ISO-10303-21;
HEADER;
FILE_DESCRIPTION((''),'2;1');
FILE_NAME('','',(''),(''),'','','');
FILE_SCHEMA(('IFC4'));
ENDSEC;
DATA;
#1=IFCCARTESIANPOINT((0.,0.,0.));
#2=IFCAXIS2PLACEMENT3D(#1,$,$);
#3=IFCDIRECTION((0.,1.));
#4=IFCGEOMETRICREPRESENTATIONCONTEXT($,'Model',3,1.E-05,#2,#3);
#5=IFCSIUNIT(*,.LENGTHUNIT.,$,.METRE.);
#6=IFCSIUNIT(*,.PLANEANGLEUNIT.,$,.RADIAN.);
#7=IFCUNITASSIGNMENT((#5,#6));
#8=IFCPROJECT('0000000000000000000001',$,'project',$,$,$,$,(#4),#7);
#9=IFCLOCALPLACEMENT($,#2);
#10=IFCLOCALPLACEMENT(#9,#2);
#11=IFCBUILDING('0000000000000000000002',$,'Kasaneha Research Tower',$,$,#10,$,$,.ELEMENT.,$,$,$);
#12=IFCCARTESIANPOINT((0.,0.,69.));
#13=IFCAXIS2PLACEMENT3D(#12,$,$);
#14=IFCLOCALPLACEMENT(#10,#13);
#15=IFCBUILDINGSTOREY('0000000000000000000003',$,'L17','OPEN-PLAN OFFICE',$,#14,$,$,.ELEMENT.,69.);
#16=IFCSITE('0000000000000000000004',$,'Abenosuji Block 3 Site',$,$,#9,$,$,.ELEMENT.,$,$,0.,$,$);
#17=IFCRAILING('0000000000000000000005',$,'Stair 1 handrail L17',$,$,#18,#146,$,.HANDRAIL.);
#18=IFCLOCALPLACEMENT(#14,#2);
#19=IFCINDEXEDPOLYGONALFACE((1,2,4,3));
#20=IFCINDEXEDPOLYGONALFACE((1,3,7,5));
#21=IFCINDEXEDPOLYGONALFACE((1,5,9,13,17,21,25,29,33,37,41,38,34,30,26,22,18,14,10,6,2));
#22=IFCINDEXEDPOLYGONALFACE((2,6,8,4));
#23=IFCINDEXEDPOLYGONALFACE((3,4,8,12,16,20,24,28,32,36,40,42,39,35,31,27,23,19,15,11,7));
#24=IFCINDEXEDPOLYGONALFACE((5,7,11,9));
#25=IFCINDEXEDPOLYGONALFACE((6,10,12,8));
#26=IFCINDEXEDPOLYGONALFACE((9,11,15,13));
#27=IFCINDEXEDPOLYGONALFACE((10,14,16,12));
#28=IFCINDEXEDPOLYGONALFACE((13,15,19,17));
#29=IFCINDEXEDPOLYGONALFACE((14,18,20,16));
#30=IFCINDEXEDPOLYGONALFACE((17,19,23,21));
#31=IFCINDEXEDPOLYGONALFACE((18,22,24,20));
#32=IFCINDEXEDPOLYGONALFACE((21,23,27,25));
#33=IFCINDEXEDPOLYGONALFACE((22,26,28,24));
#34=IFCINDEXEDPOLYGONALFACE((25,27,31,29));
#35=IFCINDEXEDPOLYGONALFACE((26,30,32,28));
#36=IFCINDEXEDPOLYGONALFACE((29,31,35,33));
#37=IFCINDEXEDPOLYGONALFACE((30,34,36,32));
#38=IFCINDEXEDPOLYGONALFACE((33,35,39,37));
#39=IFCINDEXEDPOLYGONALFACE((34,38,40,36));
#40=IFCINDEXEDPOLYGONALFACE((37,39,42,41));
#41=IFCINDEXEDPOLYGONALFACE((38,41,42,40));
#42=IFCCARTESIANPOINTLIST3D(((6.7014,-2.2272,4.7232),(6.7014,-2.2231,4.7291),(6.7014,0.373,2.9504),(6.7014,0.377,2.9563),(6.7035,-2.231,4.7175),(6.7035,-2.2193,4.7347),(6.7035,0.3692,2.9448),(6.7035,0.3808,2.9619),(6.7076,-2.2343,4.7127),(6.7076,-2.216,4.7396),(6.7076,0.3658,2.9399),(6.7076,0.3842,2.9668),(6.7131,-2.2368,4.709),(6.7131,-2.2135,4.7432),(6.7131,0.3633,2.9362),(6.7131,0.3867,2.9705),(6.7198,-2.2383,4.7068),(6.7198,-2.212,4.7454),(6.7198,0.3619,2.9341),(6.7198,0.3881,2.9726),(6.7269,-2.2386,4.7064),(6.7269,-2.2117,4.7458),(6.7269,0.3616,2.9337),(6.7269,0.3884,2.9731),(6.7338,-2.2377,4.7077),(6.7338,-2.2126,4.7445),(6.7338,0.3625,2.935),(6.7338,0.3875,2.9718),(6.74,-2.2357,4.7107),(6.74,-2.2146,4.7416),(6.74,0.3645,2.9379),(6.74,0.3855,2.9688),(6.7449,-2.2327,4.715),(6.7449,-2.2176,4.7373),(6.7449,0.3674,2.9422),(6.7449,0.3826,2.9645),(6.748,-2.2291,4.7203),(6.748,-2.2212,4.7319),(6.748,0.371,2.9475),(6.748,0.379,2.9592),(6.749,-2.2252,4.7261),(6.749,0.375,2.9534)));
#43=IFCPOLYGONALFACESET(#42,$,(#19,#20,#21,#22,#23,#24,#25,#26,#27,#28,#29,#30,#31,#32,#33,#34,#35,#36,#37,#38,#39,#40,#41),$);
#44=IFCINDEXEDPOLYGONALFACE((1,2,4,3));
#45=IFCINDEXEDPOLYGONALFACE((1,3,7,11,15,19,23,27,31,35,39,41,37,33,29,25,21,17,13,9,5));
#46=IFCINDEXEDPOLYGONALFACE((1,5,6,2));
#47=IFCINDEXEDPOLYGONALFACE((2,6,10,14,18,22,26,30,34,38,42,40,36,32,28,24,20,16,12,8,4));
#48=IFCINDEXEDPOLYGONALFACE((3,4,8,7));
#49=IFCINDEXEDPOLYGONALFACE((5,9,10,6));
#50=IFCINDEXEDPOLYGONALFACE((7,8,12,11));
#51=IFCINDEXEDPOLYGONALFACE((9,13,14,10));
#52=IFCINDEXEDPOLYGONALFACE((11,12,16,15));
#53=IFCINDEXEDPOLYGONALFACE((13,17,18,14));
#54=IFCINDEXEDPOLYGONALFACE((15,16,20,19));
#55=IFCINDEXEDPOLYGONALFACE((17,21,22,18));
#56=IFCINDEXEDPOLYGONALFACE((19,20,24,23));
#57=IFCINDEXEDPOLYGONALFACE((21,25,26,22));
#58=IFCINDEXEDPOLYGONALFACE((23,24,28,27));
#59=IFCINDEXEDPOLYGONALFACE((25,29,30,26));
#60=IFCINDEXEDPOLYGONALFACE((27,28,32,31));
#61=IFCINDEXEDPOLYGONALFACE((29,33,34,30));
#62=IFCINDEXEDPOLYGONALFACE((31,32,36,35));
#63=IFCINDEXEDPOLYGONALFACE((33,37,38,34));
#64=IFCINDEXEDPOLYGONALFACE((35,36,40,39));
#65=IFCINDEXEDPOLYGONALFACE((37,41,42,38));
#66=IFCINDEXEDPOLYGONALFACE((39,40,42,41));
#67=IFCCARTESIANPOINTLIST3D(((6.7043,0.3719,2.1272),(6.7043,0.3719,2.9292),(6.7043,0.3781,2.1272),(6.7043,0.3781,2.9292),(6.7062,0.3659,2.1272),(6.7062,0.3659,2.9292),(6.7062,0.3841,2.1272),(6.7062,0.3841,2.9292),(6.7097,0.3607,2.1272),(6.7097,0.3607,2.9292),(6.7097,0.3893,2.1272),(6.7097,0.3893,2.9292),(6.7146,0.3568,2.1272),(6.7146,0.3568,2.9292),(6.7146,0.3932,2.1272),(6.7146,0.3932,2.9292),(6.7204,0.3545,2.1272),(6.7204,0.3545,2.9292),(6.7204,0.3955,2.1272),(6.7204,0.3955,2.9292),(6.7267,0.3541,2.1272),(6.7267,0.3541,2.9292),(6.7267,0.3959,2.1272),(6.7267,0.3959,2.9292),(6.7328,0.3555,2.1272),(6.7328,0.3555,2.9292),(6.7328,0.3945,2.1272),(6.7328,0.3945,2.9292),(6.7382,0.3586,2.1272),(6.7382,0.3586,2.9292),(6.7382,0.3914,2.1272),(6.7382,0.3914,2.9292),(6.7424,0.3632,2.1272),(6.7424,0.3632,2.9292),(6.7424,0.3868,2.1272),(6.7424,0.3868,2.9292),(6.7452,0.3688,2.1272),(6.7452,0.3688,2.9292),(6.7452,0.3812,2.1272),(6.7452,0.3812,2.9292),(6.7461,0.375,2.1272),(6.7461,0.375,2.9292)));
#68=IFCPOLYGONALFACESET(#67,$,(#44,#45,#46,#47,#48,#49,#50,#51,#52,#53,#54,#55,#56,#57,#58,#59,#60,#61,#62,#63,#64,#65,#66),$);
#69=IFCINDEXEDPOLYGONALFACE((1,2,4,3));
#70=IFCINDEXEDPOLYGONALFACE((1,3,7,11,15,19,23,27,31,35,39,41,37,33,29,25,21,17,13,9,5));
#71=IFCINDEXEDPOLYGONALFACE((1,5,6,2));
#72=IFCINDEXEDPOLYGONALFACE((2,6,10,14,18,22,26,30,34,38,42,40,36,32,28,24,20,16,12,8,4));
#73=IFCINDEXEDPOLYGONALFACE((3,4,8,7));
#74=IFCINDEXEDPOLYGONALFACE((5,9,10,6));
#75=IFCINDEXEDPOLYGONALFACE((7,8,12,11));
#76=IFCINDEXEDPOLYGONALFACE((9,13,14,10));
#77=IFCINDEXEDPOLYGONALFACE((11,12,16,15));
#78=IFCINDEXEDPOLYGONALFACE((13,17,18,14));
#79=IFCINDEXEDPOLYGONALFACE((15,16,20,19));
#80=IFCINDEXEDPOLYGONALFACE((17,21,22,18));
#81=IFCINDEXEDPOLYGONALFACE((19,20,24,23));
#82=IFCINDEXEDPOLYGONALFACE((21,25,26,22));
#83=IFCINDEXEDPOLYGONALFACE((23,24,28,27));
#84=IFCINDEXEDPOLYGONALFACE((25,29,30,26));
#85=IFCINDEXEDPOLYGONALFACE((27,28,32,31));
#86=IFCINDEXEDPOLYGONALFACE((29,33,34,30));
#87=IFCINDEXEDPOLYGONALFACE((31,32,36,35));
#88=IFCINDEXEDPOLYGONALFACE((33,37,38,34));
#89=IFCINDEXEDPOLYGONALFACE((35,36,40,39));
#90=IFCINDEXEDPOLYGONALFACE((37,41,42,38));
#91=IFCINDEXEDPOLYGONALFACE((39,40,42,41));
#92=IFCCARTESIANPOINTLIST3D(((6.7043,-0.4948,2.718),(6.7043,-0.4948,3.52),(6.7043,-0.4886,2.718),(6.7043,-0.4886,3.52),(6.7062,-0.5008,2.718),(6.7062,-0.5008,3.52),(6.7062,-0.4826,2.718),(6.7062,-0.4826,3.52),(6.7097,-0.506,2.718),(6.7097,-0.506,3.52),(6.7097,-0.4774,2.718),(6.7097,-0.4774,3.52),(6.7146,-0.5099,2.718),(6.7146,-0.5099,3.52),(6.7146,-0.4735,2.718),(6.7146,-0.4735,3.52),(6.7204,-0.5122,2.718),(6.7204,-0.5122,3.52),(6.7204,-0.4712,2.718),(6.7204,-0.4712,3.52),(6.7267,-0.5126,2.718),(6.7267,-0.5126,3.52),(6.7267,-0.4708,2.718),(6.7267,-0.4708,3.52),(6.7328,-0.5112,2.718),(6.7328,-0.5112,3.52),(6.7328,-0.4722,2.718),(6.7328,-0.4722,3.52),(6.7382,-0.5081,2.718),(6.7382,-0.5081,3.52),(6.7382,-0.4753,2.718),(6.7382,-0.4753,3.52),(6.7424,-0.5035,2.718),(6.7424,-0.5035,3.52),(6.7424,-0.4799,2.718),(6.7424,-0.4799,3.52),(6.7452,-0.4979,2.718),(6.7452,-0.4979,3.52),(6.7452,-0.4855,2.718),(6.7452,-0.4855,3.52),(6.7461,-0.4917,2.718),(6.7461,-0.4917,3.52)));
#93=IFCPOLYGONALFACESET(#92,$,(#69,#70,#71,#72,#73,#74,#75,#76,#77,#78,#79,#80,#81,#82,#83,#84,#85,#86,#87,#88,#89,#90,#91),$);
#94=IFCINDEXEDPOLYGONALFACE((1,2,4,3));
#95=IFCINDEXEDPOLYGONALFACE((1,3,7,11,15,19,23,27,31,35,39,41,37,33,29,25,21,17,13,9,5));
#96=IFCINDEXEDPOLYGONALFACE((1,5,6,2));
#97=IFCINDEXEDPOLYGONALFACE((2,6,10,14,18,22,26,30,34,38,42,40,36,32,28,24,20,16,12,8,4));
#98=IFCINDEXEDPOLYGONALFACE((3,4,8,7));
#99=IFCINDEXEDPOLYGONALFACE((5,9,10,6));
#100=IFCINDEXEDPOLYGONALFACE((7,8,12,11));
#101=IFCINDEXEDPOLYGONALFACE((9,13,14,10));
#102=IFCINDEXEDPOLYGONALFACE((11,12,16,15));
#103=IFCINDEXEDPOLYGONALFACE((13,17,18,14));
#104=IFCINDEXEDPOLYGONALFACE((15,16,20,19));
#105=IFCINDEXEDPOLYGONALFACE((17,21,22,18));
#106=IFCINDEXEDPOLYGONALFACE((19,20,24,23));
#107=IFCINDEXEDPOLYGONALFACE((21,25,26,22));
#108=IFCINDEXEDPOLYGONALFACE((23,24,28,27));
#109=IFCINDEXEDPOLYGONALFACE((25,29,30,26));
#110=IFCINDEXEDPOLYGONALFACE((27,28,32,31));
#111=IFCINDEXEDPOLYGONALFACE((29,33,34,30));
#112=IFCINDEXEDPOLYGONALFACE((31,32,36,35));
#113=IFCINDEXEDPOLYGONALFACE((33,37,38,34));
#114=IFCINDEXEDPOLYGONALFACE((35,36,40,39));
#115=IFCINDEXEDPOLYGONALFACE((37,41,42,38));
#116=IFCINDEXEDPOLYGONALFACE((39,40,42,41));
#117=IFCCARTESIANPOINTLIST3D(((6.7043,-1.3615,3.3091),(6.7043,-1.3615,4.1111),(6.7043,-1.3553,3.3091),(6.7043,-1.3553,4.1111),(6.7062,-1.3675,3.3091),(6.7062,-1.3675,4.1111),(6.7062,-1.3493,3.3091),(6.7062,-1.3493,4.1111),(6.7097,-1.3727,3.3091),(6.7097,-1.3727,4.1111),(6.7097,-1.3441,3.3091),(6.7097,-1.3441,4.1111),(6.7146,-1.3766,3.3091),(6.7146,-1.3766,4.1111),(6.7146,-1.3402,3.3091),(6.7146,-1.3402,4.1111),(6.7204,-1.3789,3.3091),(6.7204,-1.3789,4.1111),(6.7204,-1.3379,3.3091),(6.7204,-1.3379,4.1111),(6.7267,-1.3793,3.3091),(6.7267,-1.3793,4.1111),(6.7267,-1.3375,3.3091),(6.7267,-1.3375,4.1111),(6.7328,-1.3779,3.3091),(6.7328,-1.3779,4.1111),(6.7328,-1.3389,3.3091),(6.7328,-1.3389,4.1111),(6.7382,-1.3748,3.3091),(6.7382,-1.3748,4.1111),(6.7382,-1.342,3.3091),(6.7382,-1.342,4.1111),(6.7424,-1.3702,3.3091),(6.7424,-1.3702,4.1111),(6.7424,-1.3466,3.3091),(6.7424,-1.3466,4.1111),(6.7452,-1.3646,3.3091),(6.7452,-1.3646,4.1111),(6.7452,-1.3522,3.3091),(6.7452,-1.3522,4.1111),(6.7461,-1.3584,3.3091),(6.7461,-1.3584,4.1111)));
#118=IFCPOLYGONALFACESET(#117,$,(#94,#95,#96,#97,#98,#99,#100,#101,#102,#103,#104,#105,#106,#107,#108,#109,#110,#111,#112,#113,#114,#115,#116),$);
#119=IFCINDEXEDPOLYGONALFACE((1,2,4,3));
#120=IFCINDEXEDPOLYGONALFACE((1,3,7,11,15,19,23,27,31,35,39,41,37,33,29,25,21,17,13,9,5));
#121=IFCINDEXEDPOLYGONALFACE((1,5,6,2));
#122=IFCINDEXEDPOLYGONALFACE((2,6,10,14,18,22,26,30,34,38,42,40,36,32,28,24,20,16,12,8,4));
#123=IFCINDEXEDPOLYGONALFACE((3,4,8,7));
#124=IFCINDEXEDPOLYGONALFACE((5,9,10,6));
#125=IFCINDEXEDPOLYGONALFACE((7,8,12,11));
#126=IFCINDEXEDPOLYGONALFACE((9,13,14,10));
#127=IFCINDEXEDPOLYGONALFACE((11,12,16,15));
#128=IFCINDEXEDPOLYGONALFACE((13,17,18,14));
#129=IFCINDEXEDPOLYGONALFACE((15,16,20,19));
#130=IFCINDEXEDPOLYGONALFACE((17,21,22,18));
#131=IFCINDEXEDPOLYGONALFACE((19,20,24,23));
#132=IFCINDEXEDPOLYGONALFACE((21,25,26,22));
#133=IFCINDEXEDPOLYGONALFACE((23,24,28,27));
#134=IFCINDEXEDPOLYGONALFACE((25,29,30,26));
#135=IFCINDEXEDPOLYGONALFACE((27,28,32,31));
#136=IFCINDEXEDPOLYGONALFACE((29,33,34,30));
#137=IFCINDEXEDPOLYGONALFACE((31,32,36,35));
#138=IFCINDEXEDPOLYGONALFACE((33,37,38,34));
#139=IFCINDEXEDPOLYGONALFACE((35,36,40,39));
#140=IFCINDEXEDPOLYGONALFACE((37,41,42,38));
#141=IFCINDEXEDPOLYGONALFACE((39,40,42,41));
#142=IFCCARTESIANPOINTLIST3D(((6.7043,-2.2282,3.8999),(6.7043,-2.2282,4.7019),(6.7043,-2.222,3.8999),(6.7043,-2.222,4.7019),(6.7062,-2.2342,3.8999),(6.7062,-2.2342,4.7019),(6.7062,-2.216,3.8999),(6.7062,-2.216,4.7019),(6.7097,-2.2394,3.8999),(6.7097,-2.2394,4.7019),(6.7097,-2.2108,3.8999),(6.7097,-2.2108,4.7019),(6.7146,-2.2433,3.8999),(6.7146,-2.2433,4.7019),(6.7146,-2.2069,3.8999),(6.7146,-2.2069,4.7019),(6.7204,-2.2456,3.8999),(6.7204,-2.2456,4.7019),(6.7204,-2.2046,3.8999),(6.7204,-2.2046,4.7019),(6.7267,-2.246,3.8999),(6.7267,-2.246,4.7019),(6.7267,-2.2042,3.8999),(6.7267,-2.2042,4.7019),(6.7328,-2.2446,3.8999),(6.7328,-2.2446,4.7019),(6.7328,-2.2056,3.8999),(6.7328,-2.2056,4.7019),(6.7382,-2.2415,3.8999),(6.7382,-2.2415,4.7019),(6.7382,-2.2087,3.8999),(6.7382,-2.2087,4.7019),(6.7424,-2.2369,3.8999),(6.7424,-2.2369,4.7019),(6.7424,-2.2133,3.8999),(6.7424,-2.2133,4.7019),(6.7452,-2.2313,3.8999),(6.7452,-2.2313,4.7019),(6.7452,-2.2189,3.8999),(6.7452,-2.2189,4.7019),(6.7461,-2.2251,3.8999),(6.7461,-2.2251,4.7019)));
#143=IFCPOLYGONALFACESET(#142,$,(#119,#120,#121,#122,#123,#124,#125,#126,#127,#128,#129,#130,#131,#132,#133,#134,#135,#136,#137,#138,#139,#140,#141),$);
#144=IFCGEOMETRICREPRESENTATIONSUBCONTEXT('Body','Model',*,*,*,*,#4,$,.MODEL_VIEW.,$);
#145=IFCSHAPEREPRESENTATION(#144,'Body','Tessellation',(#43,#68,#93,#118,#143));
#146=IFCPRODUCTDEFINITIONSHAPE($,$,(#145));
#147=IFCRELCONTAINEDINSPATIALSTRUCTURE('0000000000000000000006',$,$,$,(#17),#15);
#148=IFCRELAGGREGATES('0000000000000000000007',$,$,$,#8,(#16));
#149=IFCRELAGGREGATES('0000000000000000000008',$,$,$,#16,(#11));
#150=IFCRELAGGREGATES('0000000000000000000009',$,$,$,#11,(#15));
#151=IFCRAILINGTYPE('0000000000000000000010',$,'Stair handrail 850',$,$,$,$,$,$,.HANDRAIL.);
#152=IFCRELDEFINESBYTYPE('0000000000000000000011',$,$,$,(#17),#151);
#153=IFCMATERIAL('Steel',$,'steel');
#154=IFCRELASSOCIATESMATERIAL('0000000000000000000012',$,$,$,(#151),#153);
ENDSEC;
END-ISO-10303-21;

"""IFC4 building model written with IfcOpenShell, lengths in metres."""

from ifc_helpers import new_model, si_unit, direction, frame, origin, origin_2d, place, context, subcontext, project, spatial, circle, extrude, material, type_object, element, save


model = new_model("IFC4")

# Units and contexts
model_context = context("Model", 3, precision=1e-05, world=origin(), true_north=direction((0.0, 1.0)))
body_context = subcontext(model_context, "Body", "Model", "MODEL_VIEW")
ifc_project = project(units=[si_unit("LENGTHUNIT", "METRE"), si_unit("PLANEANGLEUNIT", "RADIAN")], contexts=[model_context])

# Site, building, storey
site_placement = place(None, origin())
site = spatial("IfcSite", under=ifc_project, at=site_placement, Name="Abenosuji Block 3 Site", CompositionType="ELEMENT", RefElevation=0.0)
building_placement = place(site_placement, origin())
building = spatial("IfcBuilding", under=site, at=building_placement, Name="Kasaneha Research Tower", CompositionType="ELEMENT")
storey_placement = place(building_placement, frame((0.0, 0.0, 69.0)))
storey = spatial("IfcBuildingStorey", under=building, at=storey_placement, Name="L17", Description="OPEN-PLAN OFFICE", CompositionType="ELEMENT", Elevation=69.0)

# Railing
ifc_material_1 = material(Name="Steel", Category="steel")
railing_type_1 = type_object("IfcRailingType", Name="Stair handrail 850", PredefinedType="HANDRAIL", material=ifc_material_1)
railing_1_placement = place(storey_placement, frame((6.7251, 0.375, 2.1272)))
element("IfcRailing", 1, at=railing_1_placement, inside=storey, type_object=railing_type_1, Name="Stair 1 handrail L17", PredefinedType="HANDRAIL", context=body_context, shape_type="SweptSolid", body=[
    extrude(circle(Radius=0.0239, at=origin_2d()), frame((0.0, 0.0, 0.8262), z_axis=(0.0, -0.82624, 0.563318), x_axis=(1.0, 0.0, 0.0)), (0.0, 0.0, 1.0), 3.147),
    extrude(circle(Radius=0.021, at=origin_2d()), origin(), (0.0, 0.0, 1.0), 0.802),
    extrude(circle(Radius=0.021, at=origin_2d()), frame((0.0, -0.8667, 0.5908)), (0.0, 0.0, 1.0), 0.802),
    extrude(circle(Radius=0.021, at=origin_2d()), frame((0.0, -1.7334, 1.1819)), (0.0, 0.0, 1.0), 0.802),
    extrude(circle(Radius=0.021, at=origin_2d()), frame((0.0, -2.6001, 1.7727)), (0.0, 0.0, 1.0), 0.802),
])

save(model, "model.ifc")
